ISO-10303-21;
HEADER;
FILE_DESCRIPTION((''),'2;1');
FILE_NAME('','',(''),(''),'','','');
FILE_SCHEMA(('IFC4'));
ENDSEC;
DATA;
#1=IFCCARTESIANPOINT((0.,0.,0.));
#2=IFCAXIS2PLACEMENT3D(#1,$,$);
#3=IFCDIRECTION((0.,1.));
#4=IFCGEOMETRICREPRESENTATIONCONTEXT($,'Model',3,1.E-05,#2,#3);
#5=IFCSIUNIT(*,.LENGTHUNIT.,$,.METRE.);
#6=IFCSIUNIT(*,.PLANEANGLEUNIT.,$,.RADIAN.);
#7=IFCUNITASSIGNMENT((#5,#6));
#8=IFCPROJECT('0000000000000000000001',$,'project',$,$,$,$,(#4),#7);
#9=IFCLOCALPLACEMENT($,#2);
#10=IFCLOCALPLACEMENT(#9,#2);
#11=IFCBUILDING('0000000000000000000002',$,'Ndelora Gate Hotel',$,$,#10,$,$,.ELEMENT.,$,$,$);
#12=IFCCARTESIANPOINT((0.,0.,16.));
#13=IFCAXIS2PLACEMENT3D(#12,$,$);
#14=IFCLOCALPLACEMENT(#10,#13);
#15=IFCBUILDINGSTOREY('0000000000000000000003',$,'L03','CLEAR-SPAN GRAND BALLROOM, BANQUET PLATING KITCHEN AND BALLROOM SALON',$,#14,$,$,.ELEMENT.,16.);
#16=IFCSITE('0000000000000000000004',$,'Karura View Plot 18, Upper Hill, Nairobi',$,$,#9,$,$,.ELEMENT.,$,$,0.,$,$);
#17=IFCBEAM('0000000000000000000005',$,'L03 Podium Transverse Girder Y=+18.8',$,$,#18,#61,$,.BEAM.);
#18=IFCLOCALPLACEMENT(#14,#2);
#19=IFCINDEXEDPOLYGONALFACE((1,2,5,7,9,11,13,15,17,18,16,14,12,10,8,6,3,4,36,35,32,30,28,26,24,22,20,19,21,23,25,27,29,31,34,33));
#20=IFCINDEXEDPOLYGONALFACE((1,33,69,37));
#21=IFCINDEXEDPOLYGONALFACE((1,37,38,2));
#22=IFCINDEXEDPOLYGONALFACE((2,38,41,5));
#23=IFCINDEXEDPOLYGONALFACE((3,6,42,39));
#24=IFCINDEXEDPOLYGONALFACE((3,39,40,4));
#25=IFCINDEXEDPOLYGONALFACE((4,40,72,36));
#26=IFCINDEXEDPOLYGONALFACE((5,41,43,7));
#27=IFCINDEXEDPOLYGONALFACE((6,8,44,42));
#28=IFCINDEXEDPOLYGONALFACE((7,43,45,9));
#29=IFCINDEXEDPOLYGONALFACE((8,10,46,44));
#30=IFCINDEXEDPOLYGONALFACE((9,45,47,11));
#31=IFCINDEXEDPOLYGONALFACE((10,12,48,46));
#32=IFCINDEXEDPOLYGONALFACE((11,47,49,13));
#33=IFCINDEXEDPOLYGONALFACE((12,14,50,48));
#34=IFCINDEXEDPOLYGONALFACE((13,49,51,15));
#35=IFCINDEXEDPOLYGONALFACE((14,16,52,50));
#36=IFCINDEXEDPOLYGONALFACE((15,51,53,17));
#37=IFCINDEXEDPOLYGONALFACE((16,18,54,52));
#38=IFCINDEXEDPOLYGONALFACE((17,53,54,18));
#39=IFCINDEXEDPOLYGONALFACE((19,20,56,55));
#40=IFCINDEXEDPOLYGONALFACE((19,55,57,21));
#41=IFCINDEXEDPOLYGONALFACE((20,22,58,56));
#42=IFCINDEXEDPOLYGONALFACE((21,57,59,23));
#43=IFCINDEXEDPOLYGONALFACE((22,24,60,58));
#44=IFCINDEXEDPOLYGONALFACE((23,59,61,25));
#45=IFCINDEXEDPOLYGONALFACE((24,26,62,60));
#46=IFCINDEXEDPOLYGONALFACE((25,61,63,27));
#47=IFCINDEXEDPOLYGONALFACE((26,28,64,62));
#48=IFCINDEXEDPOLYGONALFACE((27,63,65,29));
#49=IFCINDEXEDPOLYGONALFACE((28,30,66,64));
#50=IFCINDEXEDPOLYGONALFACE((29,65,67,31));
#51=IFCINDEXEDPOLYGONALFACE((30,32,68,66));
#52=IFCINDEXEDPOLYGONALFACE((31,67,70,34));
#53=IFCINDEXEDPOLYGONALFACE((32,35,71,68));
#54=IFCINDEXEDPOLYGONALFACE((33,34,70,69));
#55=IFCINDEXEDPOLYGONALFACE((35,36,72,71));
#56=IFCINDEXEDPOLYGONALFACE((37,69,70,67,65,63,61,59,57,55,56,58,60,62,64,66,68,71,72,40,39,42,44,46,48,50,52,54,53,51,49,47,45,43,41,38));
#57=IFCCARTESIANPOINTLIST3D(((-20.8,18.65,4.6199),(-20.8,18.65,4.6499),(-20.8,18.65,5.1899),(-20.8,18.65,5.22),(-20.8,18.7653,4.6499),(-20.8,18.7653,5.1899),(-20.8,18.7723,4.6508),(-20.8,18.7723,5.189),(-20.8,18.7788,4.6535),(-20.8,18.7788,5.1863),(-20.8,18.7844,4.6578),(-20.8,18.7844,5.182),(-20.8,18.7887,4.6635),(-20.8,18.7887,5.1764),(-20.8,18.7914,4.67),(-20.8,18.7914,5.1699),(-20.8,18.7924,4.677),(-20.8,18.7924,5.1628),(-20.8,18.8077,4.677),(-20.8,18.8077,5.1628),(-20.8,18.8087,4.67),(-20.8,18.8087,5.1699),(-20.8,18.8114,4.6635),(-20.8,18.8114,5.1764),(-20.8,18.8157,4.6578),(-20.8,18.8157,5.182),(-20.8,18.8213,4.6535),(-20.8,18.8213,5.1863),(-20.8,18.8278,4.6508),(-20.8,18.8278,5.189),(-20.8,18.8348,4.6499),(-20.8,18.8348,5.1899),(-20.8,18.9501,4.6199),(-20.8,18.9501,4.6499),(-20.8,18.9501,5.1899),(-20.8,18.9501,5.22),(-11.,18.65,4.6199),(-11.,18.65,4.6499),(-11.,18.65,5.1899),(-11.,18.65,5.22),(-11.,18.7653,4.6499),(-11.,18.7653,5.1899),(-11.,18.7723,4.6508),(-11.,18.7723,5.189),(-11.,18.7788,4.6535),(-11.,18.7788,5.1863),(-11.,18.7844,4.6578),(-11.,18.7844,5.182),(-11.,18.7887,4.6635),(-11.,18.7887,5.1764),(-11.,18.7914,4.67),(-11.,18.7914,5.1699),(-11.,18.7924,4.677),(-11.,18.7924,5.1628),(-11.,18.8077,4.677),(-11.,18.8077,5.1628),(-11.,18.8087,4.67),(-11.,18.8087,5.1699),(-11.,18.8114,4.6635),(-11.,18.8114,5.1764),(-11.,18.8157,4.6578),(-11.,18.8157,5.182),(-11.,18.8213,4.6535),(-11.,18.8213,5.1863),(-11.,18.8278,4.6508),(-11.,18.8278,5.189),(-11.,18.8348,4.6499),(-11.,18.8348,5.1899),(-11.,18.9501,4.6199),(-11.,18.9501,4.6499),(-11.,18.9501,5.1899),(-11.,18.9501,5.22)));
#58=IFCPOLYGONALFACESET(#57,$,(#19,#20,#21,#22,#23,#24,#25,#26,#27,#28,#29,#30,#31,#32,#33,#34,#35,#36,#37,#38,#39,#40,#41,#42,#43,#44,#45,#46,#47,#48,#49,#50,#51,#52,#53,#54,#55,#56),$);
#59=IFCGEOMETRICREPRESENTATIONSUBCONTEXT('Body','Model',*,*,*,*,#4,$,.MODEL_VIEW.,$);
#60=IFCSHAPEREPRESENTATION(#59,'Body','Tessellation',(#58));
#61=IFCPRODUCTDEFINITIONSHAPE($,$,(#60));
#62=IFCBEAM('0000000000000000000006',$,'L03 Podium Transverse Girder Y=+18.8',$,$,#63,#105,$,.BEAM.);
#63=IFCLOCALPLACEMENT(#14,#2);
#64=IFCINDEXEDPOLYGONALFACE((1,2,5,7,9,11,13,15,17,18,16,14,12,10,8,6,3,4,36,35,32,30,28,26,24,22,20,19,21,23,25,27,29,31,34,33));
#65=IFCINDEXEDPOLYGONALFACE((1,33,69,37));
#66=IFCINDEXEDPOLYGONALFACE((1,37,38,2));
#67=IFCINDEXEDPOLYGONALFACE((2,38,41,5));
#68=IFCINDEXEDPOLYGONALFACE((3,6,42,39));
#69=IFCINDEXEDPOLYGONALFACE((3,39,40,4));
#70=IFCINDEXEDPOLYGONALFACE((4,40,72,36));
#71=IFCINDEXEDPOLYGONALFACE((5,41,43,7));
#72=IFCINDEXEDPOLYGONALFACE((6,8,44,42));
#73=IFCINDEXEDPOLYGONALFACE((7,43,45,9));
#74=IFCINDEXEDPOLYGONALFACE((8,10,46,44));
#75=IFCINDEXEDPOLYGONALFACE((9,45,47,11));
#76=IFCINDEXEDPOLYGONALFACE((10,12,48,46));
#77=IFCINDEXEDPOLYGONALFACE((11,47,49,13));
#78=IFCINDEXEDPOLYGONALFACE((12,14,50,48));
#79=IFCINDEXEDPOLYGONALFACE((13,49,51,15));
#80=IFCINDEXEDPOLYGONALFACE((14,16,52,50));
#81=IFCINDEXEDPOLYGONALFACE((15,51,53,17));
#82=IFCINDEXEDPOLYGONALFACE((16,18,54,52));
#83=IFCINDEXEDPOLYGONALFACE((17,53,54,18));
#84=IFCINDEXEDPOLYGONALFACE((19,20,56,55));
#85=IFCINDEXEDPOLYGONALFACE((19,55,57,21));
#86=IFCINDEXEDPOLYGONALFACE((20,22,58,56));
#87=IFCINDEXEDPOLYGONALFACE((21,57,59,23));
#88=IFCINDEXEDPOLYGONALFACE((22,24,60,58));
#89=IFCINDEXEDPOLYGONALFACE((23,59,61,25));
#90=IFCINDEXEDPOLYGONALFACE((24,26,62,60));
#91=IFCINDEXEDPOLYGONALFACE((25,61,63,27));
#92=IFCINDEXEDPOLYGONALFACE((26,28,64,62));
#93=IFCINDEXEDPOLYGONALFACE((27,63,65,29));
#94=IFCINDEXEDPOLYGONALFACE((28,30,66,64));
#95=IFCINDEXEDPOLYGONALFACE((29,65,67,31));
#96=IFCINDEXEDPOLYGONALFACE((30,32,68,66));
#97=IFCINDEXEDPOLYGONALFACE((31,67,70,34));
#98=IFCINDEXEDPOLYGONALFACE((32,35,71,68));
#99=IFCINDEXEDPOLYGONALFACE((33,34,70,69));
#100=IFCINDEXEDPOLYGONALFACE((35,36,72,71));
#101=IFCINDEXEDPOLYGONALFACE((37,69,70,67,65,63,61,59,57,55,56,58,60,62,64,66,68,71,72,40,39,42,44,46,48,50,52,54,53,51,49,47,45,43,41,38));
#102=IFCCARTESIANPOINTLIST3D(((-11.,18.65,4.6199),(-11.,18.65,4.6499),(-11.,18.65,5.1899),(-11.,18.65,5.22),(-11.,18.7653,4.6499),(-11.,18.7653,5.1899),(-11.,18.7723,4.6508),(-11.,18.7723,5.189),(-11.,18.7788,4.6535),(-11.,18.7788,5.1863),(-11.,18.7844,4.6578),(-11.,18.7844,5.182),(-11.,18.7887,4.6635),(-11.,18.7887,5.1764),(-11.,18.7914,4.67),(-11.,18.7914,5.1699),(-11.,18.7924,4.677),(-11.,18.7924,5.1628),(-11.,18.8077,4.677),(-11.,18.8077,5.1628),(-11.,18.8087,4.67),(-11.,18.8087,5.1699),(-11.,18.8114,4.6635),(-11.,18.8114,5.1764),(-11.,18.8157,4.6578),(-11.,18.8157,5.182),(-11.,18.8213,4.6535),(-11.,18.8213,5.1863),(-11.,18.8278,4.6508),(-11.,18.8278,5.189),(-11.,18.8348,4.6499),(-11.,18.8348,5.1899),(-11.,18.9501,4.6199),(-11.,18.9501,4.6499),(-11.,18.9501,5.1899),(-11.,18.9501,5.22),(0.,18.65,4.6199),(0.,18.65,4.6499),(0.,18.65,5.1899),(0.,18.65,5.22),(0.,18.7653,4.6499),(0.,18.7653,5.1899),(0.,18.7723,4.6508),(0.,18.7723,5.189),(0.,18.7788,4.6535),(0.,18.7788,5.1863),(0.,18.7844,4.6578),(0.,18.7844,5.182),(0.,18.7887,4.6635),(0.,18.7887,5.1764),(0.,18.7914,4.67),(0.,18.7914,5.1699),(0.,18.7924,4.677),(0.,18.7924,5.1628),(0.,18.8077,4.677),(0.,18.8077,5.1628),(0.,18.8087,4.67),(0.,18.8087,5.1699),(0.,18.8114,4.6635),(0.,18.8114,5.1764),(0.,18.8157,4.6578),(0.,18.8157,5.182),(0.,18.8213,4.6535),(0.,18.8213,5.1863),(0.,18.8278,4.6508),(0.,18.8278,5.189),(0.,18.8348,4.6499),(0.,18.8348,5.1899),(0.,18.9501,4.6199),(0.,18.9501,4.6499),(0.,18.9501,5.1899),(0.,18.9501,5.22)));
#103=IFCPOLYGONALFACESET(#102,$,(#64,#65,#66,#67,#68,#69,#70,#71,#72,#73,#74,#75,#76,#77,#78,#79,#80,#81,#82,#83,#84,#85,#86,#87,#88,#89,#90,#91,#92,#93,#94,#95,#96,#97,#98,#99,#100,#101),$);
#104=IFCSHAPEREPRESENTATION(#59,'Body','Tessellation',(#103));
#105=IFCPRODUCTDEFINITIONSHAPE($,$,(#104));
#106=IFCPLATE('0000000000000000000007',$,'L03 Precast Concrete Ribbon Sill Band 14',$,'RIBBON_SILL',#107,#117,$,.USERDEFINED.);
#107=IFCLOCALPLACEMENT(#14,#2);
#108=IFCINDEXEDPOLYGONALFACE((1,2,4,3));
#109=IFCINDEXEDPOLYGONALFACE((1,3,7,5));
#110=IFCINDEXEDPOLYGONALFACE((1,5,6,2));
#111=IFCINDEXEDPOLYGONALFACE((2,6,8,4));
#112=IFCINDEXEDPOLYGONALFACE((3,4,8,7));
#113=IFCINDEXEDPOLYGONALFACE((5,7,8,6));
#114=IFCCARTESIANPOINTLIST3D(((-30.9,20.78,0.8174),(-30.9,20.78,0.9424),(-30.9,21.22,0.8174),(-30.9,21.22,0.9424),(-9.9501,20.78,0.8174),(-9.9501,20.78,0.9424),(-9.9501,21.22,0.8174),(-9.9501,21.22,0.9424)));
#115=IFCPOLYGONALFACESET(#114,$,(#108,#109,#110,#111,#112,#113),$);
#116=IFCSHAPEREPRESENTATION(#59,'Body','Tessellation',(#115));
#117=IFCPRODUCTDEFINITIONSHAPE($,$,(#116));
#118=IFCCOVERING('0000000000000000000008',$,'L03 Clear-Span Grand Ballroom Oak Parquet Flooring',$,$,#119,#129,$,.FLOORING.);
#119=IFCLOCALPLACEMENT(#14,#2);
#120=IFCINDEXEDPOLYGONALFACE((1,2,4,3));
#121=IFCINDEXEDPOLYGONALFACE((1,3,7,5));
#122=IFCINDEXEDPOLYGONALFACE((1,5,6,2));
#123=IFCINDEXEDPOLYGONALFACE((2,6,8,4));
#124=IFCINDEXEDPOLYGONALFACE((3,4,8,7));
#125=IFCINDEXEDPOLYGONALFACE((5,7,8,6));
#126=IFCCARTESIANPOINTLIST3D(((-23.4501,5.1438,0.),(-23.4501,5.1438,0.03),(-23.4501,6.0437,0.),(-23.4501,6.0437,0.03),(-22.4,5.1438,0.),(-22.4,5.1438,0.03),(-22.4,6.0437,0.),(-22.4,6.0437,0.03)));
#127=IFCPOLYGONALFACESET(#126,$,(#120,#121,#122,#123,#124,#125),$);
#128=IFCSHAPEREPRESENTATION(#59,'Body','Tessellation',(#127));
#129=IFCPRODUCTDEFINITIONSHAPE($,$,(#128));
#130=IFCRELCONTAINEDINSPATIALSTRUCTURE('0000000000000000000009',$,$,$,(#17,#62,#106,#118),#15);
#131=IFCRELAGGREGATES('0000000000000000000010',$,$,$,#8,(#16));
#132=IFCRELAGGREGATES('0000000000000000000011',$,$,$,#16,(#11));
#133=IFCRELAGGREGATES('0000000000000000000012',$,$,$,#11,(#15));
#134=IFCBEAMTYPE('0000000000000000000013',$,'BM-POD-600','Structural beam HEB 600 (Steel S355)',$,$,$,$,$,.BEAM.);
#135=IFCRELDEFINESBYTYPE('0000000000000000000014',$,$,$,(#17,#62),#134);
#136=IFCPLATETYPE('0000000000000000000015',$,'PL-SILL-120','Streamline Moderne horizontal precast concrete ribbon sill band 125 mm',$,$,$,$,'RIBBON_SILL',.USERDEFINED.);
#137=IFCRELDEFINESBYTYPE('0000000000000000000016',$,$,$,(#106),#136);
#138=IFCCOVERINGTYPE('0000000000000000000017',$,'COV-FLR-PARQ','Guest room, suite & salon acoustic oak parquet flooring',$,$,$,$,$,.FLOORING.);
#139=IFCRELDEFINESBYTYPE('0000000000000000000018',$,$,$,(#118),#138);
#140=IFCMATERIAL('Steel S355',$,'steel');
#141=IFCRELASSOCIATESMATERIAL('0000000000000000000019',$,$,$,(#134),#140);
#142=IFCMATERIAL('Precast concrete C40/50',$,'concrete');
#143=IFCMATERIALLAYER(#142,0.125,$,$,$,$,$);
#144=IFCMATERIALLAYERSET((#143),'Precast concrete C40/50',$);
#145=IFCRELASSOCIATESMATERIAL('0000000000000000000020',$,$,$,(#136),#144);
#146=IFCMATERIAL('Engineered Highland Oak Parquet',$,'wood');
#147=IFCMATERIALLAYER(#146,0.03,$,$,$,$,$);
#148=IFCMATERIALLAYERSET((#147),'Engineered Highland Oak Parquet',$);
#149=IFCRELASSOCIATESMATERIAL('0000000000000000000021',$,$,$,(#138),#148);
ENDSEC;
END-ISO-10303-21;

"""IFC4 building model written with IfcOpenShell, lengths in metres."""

from ifc_helpers import new_model, si_unit, direction, frame, origin, origin_2d, place, context, subcontext, project, spatial, rectangle, i_section, extrude, material, layer, layer_set, material_profile, profile_set, type_object, element, save


model = new_model("IFC4")

# Units and contexts
model_context = context("Model", 3, precision=1e-05, world=origin(), true_north=direction((0.0, 1.0)))
body_context = subcontext(model_context, "Body", "Model", "MODEL_VIEW")
ifc_project = project(units=[si_unit("LENGTHUNIT", "METRE"), si_unit("PLANEANGLEUNIT", "RADIAN")], contexts=[model_context])

# Site, building, storey
site_placement = place(None, origin())
site = spatial("IfcSite", under=ifc_project, at=site_placement, Name="Karura View Plot 18, Upper Hill, Nairobi", CompositionType="ELEMENT", RefElevation=0.0)
building_placement = place(site_placement, origin())
building = spatial("IfcBuilding", under=site, at=building_placement, Name="Ndelora Gate Hotel", CompositionType="ELEMENT")
storey_placement = place(building_placement, frame((0.0, 0.0, 16.0)))
storey = spatial("IfcBuildingStorey", under=building, at=storey_placement, Name="L03", Description="CLEAR-SPAN GRAND BALLROOM, BANQUET PLATING KITCHEN AND BALLROOM SALON", CompositionType="ELEMENT", Elevation=16.0)

# Beams
ifc_material_1 = material(Name="Steel S355", Category="steel")
ifc_material_profile_1 = material_profile(ifc_material_1, i_section(OverallWidth=0.3, OverallDepth=0.6001, WebThickness=0.0154, FlangeThickness=0.03, FilletRadius=0.0271, at=origin_2d()), Name="HEB 600")
ifc_profile_set_1 = profile_set([ifc_material_profile_1], Name="Steel S355")
beam_type_1 = type_object("IfcBeamType", Name="BM-POD-600", Description="Structural beam HEB 600 (Steel S355)", PredefinedType="BEAM", material=ifc_profile_set_1)
beam_1_placement = place(storey_placement, frame((-20.8, 18.8, 4.9199), z_axis=(1.0, 0.0, 0.0), x_axis=(0.0, 1.0, 0.0)))
element("IfcBeam", 1, at=beam_1_placement, inside=storey, type_object=beam_type_1, Name="L03 Podium Transverse Girder Y=+18.8", PredefinedType="BEAM", context=body_context, shape_type="SweptSolid", body=[
    extrude(i_section(OverallWidth=0.3, OverallDepth=0.6001, WebThickness=0.0154, FlangeThickness=0.03, FilletRadius=0.0271, at=origin_2d()), origin(), (0.0, 0.0, 1.0), 9.8),
])
beam_2_placement = place(storey_placement, frame((-11.0, 18.8, 4.9199), z_axis=(1.0, 0.0, 0.0), x_axis=(0.0, 1.0, 0.0)))
element("IfcBeam", 2, at=beam_2_placement, inside=storey, type_object=beam_type_1, Name="L03 Podium Transverse Girder Y=+18.8", PredefinedType="BEAM", context=body_context, shape_type="SweptSolid", body=[
    extrude(i_section(OverallWidth=0.3, OverallDepth=0.6001, WebThickness=0.0154, FlangeThickness=0.03, FilletRadius=0.0271, at=origin_2d()), origin(), (0.0, 0.0, 1.0), 11.0),
])

# Plate
ifc_material_2 = material(Name="Precast concrete C40/50", Category="concrete")
ifc_layer_1 = layer(ifc_material_2, 0.125)
ifc_layer_set_1 = layer_set([ifc_layer_1], Name="Precast concrete C40/50")
plate_type = type_object("IfcPlateType", Name="PL-SILL-120", Description="Streamline Moderne horizontal precast concrete ribbon sill band 125 mm", ElementType="RIBBON_SILL", PredefinedType="USERDEFINED", material=ifc_layer_set_1)
plate_placement = place(storey_placement, frame((-20.425, 21.0, 0.8174), z_axis=(0.0, 0.0, 1.0), x_axis=(1.0, 0.0, 0.0)))
element("IfcPlate", 3, at=plate_placement, inside=storey, type_object=plate_type, Name="L03 Precast Concrete Ribbon Sill Band 14", ObjectType="RIBBON_SILL", PredefinedType="USERDEFINED", context=body_context, shape_type="SweptSolid", body=[
    extrude(rectangle(XDim=20.95, YDim=0.4399, at=origin_2d()), origin(), (0.0, 0.0, 1.0), 0.125),
])

# Covering
ifc_material_3 = material(Name="Engineered Highland Oak Parquet", Category="wood")
ifc_layer_2 = layer(ifc_material_3, 0.03)
ifc_layer_set_2 = layer_set([ifc_layer_2], Name="Engineered Highland Oak Parquet")
covering_type = type_object("IfcCoveringType", Name="COV-FLR-PARQ", Description="Guest room, suite & salon acoustic oak parquet flooring", PredefinedType="FLOORING", material=ifc_layer_set_2)
covering_placement = place(storey_placement, frame((-22.925, 5.5938, 0.0), z_axis=(0.0, 0.0, 1.0), x_axis=(1.0, 0.0, 0.0)))
element("IfcCovering", 4, at=covering_placement, inside=storey, type_object=covering_type, Name="L03 Clear-Span Grand Ballroom Oak Parquet Flooring", PredefinedType="FLOORING", context=body_context, shape_type="SweptSolid", body=[
    extrude(rectangle(XDim=1.05, YDim=0.8999, at=origin_2d()), origin(), (0.0, 0.0, 1.0), 0.03),
])

save(model, "model.ifc")
